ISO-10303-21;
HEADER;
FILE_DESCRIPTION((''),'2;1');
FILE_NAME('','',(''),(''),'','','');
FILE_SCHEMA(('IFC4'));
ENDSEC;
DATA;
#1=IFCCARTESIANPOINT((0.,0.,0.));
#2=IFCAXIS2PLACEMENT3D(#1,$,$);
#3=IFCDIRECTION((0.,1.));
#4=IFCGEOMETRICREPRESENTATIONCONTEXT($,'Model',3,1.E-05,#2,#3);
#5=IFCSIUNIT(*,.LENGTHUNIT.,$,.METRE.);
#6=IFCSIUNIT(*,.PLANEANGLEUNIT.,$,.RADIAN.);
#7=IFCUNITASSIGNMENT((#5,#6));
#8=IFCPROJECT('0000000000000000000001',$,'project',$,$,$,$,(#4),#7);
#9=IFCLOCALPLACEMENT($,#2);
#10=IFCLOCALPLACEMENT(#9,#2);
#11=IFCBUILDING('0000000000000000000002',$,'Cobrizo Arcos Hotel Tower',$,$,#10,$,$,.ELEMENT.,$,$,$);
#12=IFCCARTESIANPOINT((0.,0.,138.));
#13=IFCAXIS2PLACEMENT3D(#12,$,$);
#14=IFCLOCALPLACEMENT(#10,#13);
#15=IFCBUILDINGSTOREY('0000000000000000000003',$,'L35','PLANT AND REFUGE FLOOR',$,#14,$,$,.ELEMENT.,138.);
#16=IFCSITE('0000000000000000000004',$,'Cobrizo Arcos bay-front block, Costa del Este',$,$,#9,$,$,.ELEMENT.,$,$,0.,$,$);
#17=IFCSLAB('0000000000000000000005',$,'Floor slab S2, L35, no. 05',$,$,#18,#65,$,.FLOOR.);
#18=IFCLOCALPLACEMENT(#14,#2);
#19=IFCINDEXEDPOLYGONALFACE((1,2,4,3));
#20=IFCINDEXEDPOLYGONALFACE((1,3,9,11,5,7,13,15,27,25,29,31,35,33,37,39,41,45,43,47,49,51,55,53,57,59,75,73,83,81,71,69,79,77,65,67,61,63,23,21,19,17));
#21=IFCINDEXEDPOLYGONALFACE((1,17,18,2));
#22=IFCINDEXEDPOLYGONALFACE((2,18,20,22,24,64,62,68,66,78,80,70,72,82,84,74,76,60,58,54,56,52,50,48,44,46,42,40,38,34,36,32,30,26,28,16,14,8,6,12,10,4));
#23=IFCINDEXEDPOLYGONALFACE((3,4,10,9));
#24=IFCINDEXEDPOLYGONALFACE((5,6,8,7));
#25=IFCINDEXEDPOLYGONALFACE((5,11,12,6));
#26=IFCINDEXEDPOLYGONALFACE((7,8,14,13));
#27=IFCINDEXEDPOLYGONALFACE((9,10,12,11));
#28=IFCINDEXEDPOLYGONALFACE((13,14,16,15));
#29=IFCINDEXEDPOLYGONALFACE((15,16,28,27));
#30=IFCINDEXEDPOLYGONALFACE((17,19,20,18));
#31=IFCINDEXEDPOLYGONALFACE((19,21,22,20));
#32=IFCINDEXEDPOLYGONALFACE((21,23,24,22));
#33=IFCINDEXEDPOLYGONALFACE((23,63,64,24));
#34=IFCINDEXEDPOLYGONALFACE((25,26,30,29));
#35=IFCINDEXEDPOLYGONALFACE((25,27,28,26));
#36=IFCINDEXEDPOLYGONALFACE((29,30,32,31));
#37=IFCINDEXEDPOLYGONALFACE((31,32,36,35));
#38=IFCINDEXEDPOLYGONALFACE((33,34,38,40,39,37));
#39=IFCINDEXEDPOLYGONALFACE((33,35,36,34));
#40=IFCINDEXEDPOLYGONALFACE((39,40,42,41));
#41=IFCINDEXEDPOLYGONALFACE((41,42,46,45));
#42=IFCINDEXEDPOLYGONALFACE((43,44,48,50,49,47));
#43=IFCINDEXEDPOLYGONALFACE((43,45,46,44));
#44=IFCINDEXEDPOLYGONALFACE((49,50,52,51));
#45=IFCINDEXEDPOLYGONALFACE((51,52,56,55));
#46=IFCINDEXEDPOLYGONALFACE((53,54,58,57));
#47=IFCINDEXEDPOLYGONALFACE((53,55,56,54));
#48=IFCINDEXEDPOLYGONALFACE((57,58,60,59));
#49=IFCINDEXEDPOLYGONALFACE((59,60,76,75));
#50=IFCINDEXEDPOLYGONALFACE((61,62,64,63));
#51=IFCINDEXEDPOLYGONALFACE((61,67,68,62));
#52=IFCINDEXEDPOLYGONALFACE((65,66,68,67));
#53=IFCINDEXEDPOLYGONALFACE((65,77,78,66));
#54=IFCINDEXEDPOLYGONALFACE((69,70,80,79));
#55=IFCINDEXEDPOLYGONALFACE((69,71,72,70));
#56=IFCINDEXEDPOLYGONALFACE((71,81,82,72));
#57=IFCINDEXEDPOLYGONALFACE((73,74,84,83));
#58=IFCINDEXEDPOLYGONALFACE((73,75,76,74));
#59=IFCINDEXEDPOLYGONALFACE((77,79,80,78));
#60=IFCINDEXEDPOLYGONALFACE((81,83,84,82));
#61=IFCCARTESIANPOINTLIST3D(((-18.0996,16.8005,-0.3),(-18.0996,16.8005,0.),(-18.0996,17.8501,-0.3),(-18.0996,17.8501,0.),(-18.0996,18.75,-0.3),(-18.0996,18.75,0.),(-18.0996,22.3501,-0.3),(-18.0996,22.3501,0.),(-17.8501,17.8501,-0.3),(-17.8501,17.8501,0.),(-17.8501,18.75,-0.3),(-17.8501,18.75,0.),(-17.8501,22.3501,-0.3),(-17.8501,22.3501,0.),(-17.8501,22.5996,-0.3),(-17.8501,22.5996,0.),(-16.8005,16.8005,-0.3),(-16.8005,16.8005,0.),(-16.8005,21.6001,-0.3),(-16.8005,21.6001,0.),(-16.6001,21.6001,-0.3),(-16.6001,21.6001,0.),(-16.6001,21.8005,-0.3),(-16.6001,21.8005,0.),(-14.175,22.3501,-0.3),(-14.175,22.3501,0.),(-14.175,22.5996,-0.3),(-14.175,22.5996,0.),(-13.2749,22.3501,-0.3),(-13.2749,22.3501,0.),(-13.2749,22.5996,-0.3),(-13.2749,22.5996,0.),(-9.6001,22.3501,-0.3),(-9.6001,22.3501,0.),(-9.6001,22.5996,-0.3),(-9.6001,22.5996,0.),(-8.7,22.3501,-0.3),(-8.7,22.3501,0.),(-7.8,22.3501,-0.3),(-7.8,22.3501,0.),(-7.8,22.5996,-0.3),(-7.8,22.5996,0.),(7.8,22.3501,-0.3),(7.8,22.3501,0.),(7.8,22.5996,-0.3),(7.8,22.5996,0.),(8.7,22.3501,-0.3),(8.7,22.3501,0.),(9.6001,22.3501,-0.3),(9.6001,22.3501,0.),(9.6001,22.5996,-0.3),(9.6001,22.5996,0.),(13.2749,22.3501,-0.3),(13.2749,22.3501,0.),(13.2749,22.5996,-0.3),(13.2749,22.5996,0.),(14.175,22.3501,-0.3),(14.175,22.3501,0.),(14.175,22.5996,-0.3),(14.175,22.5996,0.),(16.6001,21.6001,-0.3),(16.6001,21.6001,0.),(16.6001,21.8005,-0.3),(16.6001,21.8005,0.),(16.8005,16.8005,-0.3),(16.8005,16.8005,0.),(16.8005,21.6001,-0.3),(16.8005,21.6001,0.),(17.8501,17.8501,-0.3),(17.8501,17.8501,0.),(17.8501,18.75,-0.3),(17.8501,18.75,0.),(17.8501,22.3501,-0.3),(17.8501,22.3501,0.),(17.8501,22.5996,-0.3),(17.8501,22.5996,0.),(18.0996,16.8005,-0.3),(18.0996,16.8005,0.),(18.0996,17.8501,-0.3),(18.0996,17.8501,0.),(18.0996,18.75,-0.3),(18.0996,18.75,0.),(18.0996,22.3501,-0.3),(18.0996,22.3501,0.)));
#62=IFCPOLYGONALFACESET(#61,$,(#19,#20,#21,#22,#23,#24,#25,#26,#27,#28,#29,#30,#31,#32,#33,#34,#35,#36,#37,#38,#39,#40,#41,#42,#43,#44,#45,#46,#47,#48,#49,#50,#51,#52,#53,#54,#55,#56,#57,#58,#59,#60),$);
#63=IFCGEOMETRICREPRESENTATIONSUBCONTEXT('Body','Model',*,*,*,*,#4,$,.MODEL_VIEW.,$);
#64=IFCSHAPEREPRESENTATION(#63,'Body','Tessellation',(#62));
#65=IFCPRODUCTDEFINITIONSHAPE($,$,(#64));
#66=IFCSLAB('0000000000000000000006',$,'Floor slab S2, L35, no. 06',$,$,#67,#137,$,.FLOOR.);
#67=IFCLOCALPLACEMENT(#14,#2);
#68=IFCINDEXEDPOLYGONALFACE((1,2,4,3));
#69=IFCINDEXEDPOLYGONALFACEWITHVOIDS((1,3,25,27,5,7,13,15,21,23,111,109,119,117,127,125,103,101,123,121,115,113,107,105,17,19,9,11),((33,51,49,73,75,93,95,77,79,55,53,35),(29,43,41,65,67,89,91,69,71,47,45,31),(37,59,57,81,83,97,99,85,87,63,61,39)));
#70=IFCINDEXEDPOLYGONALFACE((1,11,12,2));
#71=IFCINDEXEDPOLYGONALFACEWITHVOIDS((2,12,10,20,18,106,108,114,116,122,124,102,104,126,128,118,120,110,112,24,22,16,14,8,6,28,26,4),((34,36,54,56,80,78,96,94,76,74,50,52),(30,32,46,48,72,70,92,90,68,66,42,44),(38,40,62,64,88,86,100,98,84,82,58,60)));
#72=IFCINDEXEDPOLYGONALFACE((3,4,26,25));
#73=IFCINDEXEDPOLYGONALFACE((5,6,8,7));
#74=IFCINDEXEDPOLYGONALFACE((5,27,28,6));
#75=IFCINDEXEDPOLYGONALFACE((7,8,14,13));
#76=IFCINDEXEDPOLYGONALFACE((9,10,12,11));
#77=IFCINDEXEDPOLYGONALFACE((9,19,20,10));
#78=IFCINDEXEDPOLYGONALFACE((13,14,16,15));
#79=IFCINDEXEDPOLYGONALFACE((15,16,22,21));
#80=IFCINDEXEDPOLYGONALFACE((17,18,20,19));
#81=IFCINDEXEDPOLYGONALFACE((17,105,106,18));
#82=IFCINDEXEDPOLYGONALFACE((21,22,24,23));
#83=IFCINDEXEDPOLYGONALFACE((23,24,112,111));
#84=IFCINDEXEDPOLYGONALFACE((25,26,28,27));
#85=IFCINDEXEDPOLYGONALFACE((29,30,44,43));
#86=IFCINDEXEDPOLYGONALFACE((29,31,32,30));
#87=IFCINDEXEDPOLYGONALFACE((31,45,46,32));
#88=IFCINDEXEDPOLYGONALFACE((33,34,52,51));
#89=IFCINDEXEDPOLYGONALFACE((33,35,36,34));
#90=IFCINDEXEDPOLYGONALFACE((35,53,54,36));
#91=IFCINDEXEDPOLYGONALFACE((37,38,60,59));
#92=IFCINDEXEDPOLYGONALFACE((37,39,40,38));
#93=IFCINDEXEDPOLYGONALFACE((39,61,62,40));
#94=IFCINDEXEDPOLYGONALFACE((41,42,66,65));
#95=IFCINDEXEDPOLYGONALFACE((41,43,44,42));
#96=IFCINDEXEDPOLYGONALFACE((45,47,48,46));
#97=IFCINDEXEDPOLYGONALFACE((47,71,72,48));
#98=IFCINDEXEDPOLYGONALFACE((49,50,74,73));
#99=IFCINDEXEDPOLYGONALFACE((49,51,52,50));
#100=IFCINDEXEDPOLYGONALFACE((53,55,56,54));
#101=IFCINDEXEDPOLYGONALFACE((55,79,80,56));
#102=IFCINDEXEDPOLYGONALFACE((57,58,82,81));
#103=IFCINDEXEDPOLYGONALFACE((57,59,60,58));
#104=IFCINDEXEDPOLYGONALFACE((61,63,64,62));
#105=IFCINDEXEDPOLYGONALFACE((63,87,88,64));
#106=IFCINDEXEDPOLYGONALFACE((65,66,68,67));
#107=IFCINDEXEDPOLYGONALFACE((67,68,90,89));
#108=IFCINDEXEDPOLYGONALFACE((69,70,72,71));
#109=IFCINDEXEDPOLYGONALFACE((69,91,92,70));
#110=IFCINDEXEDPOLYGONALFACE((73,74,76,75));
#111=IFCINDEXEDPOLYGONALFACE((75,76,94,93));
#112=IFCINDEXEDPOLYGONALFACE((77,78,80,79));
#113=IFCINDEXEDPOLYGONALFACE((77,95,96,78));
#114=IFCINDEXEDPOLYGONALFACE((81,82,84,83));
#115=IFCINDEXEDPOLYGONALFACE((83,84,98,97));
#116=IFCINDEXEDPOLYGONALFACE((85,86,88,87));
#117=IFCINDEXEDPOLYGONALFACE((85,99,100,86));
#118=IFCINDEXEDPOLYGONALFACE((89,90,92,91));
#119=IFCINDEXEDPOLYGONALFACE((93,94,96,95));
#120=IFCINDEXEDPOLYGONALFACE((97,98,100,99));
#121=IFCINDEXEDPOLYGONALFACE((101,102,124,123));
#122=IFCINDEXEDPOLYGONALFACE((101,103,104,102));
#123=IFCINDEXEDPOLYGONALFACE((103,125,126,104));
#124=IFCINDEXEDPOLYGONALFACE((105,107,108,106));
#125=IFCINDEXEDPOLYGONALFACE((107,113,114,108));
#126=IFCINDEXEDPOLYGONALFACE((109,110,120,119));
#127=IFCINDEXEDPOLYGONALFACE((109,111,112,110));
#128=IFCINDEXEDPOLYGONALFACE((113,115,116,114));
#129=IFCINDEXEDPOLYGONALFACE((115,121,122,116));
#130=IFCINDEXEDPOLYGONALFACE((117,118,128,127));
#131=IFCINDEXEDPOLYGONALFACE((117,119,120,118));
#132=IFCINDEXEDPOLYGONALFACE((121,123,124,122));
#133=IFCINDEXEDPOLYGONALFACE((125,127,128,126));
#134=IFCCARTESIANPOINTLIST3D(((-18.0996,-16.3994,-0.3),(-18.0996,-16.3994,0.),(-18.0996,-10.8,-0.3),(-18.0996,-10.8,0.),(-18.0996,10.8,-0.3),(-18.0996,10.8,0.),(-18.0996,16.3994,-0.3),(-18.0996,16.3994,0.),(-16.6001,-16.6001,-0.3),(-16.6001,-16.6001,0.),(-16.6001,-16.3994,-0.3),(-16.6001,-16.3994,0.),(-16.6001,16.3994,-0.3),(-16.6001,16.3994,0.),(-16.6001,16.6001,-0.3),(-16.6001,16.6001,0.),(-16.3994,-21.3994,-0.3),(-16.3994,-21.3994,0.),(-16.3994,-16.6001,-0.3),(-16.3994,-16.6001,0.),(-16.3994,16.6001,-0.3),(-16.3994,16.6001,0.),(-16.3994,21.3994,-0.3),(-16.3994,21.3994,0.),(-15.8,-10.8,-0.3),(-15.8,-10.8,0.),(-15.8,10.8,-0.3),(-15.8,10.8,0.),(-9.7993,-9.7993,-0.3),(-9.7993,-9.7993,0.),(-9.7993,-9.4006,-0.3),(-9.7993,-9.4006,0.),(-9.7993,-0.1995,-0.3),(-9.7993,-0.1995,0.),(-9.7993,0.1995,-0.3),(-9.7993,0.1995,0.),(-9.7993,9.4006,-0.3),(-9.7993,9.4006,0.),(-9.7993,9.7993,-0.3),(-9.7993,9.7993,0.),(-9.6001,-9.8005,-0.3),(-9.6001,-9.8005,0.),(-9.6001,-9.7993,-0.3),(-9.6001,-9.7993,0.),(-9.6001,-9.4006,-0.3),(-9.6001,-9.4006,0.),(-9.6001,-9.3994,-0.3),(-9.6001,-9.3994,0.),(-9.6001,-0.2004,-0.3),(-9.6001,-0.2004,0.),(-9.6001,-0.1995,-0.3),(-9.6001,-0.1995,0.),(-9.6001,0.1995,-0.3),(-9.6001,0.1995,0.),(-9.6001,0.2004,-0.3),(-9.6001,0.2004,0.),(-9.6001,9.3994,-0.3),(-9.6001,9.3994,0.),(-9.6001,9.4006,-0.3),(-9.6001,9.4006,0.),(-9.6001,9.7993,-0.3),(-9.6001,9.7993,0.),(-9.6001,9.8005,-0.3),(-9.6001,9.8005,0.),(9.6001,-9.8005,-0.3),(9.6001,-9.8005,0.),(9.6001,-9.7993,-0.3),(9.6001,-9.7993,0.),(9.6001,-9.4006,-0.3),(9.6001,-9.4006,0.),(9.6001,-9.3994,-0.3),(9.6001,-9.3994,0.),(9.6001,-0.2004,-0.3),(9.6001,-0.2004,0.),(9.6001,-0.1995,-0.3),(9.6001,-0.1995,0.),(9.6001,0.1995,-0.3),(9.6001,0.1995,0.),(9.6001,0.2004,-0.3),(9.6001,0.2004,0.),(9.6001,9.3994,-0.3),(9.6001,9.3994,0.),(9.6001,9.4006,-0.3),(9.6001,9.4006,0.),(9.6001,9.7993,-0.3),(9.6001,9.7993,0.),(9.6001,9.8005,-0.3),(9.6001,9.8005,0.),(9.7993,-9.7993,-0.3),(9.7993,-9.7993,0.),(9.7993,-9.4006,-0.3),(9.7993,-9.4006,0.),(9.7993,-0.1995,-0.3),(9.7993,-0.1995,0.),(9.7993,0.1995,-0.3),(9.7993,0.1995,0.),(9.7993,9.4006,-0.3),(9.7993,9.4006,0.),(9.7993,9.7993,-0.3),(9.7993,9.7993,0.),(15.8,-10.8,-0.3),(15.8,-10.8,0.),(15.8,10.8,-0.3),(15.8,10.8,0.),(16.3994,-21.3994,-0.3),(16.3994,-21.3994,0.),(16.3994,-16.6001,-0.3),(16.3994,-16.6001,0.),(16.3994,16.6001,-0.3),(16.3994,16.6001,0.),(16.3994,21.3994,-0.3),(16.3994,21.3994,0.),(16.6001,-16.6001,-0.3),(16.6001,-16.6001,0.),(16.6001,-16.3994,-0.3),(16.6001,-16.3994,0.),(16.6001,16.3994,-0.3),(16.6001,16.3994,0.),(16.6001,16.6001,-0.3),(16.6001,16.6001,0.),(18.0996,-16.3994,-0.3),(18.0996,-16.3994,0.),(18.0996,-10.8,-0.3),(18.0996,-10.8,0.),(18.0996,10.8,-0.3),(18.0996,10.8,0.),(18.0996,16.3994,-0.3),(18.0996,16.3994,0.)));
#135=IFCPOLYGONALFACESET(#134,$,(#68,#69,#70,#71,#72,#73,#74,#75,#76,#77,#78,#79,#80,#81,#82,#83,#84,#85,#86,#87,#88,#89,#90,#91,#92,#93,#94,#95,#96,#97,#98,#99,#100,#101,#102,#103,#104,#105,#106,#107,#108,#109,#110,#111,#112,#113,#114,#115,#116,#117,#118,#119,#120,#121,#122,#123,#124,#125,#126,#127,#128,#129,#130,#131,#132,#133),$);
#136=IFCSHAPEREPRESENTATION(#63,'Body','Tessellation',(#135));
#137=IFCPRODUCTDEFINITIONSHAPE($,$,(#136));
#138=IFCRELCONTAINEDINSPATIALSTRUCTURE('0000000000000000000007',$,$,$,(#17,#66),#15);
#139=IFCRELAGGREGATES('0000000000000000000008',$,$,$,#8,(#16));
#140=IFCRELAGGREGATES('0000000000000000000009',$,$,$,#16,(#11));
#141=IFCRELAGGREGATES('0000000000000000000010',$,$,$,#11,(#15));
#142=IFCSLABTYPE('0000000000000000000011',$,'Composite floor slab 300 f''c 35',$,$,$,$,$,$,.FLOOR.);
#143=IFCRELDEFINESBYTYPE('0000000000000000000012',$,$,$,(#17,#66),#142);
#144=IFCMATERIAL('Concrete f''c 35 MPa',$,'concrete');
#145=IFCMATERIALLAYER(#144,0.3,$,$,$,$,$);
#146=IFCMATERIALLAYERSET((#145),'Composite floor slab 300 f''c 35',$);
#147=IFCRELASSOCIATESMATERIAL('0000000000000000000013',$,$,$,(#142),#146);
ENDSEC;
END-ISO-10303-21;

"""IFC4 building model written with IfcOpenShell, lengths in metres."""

from ifc_helpers import new_model, si_unit, direction, frame, origin, place, context, subcontext, project, spatial, polyline, outline, extrude, material, layer, layer_set, type_object, element, save


model = new_model("IFC4")

# Units and contexts
model_context = context("Model", 3, precision=1e-05, world=origin(), true_north=direction((0.0, 1.0)))
body_context = subcontext(model_context, "Body", "Model", "MODEL_VIEW")
ifc_project = project(units=[si_unit("LENGTHUNIT", "METRE"), si_unit("PLANEANGLEUNIT", "RADIAN")], contexts=[model_context])

# Site, building, storey
site_placement = place(None, origin())
site = spatial("IfcSite", under=ifc_project, at=site_placement, Name="Cobrizo Arcos bay-front block, Costa del Este", CompositionType="ELEMENT", RefElevation=0.0)
building_placement = place(site_placement, origin())
building = spatial("IfcBuilding", under=site, at=building_placement, Name="Cobrizo Arcos Hotel Tower", CompositionType="ELEMENT")
storey_placement = place(building_placement, frame((0.0, 0.0, 138.0)))
storey = spatial("IfcBuildingStorey", under=building, at=storey_placement, Name="L35", Description="PLANT AND REFUGE FLOOR", CompositionType="ELEMENT", Elevation=138.0)

# Slabs
ifc_material_1 = material(Name="Concrete f'c 35 MPa", Category="concrete")
ifc_layer_1 = layer(ifc_material_1, 0.3)
ifc_layer_set_1 = layer_set([ifc_layer_1], Name="Composite floor slab 300 f'c 35")
slab_type = type_object("IfcSlabType", Name="Composite floor slab 300 f'c 35", PredefinedType="FLOOR", material=ifc_layer_set_1)
slab_1_placement = place(storey_placement, frame((0.0, 0.0, -0.3)))
element("IfcSlab", 1, at=slab_1_placement, inside=storey, type_object=slab_type, Name="Floor slab S2, L35, no. 05", PredefinedType="FLOOR", context=body_context, shape_type="SweptSolid", body=[
    extrude(outline(polyline([(-17.8501, 22.5996), (-14.175, 22.5996), (-14.175, 22.3501), (-13.2749, 22.3501), (-13.2749, 22.5996), (-9.6001, 22.5996), (-9.6001, 22.3501), (-8.7, 22.3501), (-7.8, 22.3501), (-7.8, 22.5996), (7.8, 22.5996), (7.8, 22.3501), (8.7, 22.3501), (9.6001, 22.3501), (9.6001, 22.5996), (13.2749, 22.5996), (13.2749, 22.3501), (14.175, 22.3501), (14.175, 22.5996), (17.8501, 22.5996), (17.8501, 22.3501), (18.0996, 22.3501), (18.0996, 18.75), (17.8501, 18.75), (17.8501, 17.8501), (18.0996, 17.8501), (18.0996, 16.8005), (16.8005, 16.8005), (16.8005, 21.6001), (16.6001, 21.6001), (16.6001, 21.8005), (-16.6001, 21.8005), (-16.6001, 21.6001), (-16.8005, 21.6001), (-16.8005, 16.8005), (-18.0996, 16.8005), (-18.0996, 17.8501), (-17.8501, 17.8501), (-17.8501, 18.75), (-18.0996, 18.75), (-18.0996, 22.3501), (-17.8501, 22.3501), (-17.8501, 22.5996)])), origin(), (0.0, 0.0, 1.0), 0.3),
])
slab_2_placement = place(storey_placement, frame((0.0, 0.0, -0.3)))
element("IfcSlab", 2, at=slab_2_placement, inside=storey, type_object=slab_type, Name="Floor slab S2, L35, no. 06", PredefinedType="FLOOR", context=body_context, shape_type="SweptSolid", body=[
    extrude(outline(polyline([(-16.3994, 21.3994), (16.3994, 21.3994), (16.3994, 16.6001), (16.6001, 16.6001), (16.6001, 16.3994), (18.0996, 16.3994), (18.0996, 10.8), (15.8, 10.8), (15.8, -10.8), (18.0996, -10.8), (18.0996, -16.3994), (16.6001, -16.3994), (16.6001, -16.6001), (16.3994, -16.6001), (16.3994, -21.3994), (-16.3994, -21.3994), (-16.3994, -16.6001), (-16.6001, -16.6001), (-16.6001, -16.3994), (-18.0996, -16.3994), (-18.0996, -10.8), (-15.8, -10.8), (-15.8, 10.8), (-18.0996, 10.8), (-18.0996, 16.3994), (-16.6001, 16.3994), (-16.6001, 16.6001), (-16.3994, 16.6001), (-16.3994, 21.3994)]), holes=[polyline([(9.6001, -9.8005), (9.6001, -9.7993), (9.7993, -9.7993), (9.7993, -9.4006), (9.6001, -9.4006), (9.6001, -9.3994), (-9.6001, -9.3994), (-9.6001, -9.4006), (-9.7993, -9.4006), (-9.7993, -9.7993), (-9.6001, -9.7993), (-9.6001, -9.8005), (9.6001, -9.8005)]), polyline([(9.6001, -0.2004), (9.6001, -0.1995), (9.7993, -0.1995), (9.7993, 0.1995), (9.6001, 0.1995), (9.6001, 0.2004), (-9.6001, 0.2004), (-9.6001, 0.1995), (-9.7993, 0.1995), (-9.7993, -0.1995), (-9.6001, -0.1995), (-9.6001, -0.2004), (9.6001, -0.2004)]), polyline([(-9.7993, 9.7993), (-9.7993, 9.4006), (-9.6001, 9.4006), (-9.6001, 9.3994), (9.6001, 9.3994), (9.6001, 9.4006), (9.7993, 9.4006), (9.7993, 9.7993), (9.6001, 9.7993), (9.6001, 9.8005), (-9.6001, 9.8005), (-9.6001, 9.7993), (-9.7993, 9.7993)])]), origin(), (0.0, 0.0, 1.0), 0.3),
])

save(model, "model.ifc")
